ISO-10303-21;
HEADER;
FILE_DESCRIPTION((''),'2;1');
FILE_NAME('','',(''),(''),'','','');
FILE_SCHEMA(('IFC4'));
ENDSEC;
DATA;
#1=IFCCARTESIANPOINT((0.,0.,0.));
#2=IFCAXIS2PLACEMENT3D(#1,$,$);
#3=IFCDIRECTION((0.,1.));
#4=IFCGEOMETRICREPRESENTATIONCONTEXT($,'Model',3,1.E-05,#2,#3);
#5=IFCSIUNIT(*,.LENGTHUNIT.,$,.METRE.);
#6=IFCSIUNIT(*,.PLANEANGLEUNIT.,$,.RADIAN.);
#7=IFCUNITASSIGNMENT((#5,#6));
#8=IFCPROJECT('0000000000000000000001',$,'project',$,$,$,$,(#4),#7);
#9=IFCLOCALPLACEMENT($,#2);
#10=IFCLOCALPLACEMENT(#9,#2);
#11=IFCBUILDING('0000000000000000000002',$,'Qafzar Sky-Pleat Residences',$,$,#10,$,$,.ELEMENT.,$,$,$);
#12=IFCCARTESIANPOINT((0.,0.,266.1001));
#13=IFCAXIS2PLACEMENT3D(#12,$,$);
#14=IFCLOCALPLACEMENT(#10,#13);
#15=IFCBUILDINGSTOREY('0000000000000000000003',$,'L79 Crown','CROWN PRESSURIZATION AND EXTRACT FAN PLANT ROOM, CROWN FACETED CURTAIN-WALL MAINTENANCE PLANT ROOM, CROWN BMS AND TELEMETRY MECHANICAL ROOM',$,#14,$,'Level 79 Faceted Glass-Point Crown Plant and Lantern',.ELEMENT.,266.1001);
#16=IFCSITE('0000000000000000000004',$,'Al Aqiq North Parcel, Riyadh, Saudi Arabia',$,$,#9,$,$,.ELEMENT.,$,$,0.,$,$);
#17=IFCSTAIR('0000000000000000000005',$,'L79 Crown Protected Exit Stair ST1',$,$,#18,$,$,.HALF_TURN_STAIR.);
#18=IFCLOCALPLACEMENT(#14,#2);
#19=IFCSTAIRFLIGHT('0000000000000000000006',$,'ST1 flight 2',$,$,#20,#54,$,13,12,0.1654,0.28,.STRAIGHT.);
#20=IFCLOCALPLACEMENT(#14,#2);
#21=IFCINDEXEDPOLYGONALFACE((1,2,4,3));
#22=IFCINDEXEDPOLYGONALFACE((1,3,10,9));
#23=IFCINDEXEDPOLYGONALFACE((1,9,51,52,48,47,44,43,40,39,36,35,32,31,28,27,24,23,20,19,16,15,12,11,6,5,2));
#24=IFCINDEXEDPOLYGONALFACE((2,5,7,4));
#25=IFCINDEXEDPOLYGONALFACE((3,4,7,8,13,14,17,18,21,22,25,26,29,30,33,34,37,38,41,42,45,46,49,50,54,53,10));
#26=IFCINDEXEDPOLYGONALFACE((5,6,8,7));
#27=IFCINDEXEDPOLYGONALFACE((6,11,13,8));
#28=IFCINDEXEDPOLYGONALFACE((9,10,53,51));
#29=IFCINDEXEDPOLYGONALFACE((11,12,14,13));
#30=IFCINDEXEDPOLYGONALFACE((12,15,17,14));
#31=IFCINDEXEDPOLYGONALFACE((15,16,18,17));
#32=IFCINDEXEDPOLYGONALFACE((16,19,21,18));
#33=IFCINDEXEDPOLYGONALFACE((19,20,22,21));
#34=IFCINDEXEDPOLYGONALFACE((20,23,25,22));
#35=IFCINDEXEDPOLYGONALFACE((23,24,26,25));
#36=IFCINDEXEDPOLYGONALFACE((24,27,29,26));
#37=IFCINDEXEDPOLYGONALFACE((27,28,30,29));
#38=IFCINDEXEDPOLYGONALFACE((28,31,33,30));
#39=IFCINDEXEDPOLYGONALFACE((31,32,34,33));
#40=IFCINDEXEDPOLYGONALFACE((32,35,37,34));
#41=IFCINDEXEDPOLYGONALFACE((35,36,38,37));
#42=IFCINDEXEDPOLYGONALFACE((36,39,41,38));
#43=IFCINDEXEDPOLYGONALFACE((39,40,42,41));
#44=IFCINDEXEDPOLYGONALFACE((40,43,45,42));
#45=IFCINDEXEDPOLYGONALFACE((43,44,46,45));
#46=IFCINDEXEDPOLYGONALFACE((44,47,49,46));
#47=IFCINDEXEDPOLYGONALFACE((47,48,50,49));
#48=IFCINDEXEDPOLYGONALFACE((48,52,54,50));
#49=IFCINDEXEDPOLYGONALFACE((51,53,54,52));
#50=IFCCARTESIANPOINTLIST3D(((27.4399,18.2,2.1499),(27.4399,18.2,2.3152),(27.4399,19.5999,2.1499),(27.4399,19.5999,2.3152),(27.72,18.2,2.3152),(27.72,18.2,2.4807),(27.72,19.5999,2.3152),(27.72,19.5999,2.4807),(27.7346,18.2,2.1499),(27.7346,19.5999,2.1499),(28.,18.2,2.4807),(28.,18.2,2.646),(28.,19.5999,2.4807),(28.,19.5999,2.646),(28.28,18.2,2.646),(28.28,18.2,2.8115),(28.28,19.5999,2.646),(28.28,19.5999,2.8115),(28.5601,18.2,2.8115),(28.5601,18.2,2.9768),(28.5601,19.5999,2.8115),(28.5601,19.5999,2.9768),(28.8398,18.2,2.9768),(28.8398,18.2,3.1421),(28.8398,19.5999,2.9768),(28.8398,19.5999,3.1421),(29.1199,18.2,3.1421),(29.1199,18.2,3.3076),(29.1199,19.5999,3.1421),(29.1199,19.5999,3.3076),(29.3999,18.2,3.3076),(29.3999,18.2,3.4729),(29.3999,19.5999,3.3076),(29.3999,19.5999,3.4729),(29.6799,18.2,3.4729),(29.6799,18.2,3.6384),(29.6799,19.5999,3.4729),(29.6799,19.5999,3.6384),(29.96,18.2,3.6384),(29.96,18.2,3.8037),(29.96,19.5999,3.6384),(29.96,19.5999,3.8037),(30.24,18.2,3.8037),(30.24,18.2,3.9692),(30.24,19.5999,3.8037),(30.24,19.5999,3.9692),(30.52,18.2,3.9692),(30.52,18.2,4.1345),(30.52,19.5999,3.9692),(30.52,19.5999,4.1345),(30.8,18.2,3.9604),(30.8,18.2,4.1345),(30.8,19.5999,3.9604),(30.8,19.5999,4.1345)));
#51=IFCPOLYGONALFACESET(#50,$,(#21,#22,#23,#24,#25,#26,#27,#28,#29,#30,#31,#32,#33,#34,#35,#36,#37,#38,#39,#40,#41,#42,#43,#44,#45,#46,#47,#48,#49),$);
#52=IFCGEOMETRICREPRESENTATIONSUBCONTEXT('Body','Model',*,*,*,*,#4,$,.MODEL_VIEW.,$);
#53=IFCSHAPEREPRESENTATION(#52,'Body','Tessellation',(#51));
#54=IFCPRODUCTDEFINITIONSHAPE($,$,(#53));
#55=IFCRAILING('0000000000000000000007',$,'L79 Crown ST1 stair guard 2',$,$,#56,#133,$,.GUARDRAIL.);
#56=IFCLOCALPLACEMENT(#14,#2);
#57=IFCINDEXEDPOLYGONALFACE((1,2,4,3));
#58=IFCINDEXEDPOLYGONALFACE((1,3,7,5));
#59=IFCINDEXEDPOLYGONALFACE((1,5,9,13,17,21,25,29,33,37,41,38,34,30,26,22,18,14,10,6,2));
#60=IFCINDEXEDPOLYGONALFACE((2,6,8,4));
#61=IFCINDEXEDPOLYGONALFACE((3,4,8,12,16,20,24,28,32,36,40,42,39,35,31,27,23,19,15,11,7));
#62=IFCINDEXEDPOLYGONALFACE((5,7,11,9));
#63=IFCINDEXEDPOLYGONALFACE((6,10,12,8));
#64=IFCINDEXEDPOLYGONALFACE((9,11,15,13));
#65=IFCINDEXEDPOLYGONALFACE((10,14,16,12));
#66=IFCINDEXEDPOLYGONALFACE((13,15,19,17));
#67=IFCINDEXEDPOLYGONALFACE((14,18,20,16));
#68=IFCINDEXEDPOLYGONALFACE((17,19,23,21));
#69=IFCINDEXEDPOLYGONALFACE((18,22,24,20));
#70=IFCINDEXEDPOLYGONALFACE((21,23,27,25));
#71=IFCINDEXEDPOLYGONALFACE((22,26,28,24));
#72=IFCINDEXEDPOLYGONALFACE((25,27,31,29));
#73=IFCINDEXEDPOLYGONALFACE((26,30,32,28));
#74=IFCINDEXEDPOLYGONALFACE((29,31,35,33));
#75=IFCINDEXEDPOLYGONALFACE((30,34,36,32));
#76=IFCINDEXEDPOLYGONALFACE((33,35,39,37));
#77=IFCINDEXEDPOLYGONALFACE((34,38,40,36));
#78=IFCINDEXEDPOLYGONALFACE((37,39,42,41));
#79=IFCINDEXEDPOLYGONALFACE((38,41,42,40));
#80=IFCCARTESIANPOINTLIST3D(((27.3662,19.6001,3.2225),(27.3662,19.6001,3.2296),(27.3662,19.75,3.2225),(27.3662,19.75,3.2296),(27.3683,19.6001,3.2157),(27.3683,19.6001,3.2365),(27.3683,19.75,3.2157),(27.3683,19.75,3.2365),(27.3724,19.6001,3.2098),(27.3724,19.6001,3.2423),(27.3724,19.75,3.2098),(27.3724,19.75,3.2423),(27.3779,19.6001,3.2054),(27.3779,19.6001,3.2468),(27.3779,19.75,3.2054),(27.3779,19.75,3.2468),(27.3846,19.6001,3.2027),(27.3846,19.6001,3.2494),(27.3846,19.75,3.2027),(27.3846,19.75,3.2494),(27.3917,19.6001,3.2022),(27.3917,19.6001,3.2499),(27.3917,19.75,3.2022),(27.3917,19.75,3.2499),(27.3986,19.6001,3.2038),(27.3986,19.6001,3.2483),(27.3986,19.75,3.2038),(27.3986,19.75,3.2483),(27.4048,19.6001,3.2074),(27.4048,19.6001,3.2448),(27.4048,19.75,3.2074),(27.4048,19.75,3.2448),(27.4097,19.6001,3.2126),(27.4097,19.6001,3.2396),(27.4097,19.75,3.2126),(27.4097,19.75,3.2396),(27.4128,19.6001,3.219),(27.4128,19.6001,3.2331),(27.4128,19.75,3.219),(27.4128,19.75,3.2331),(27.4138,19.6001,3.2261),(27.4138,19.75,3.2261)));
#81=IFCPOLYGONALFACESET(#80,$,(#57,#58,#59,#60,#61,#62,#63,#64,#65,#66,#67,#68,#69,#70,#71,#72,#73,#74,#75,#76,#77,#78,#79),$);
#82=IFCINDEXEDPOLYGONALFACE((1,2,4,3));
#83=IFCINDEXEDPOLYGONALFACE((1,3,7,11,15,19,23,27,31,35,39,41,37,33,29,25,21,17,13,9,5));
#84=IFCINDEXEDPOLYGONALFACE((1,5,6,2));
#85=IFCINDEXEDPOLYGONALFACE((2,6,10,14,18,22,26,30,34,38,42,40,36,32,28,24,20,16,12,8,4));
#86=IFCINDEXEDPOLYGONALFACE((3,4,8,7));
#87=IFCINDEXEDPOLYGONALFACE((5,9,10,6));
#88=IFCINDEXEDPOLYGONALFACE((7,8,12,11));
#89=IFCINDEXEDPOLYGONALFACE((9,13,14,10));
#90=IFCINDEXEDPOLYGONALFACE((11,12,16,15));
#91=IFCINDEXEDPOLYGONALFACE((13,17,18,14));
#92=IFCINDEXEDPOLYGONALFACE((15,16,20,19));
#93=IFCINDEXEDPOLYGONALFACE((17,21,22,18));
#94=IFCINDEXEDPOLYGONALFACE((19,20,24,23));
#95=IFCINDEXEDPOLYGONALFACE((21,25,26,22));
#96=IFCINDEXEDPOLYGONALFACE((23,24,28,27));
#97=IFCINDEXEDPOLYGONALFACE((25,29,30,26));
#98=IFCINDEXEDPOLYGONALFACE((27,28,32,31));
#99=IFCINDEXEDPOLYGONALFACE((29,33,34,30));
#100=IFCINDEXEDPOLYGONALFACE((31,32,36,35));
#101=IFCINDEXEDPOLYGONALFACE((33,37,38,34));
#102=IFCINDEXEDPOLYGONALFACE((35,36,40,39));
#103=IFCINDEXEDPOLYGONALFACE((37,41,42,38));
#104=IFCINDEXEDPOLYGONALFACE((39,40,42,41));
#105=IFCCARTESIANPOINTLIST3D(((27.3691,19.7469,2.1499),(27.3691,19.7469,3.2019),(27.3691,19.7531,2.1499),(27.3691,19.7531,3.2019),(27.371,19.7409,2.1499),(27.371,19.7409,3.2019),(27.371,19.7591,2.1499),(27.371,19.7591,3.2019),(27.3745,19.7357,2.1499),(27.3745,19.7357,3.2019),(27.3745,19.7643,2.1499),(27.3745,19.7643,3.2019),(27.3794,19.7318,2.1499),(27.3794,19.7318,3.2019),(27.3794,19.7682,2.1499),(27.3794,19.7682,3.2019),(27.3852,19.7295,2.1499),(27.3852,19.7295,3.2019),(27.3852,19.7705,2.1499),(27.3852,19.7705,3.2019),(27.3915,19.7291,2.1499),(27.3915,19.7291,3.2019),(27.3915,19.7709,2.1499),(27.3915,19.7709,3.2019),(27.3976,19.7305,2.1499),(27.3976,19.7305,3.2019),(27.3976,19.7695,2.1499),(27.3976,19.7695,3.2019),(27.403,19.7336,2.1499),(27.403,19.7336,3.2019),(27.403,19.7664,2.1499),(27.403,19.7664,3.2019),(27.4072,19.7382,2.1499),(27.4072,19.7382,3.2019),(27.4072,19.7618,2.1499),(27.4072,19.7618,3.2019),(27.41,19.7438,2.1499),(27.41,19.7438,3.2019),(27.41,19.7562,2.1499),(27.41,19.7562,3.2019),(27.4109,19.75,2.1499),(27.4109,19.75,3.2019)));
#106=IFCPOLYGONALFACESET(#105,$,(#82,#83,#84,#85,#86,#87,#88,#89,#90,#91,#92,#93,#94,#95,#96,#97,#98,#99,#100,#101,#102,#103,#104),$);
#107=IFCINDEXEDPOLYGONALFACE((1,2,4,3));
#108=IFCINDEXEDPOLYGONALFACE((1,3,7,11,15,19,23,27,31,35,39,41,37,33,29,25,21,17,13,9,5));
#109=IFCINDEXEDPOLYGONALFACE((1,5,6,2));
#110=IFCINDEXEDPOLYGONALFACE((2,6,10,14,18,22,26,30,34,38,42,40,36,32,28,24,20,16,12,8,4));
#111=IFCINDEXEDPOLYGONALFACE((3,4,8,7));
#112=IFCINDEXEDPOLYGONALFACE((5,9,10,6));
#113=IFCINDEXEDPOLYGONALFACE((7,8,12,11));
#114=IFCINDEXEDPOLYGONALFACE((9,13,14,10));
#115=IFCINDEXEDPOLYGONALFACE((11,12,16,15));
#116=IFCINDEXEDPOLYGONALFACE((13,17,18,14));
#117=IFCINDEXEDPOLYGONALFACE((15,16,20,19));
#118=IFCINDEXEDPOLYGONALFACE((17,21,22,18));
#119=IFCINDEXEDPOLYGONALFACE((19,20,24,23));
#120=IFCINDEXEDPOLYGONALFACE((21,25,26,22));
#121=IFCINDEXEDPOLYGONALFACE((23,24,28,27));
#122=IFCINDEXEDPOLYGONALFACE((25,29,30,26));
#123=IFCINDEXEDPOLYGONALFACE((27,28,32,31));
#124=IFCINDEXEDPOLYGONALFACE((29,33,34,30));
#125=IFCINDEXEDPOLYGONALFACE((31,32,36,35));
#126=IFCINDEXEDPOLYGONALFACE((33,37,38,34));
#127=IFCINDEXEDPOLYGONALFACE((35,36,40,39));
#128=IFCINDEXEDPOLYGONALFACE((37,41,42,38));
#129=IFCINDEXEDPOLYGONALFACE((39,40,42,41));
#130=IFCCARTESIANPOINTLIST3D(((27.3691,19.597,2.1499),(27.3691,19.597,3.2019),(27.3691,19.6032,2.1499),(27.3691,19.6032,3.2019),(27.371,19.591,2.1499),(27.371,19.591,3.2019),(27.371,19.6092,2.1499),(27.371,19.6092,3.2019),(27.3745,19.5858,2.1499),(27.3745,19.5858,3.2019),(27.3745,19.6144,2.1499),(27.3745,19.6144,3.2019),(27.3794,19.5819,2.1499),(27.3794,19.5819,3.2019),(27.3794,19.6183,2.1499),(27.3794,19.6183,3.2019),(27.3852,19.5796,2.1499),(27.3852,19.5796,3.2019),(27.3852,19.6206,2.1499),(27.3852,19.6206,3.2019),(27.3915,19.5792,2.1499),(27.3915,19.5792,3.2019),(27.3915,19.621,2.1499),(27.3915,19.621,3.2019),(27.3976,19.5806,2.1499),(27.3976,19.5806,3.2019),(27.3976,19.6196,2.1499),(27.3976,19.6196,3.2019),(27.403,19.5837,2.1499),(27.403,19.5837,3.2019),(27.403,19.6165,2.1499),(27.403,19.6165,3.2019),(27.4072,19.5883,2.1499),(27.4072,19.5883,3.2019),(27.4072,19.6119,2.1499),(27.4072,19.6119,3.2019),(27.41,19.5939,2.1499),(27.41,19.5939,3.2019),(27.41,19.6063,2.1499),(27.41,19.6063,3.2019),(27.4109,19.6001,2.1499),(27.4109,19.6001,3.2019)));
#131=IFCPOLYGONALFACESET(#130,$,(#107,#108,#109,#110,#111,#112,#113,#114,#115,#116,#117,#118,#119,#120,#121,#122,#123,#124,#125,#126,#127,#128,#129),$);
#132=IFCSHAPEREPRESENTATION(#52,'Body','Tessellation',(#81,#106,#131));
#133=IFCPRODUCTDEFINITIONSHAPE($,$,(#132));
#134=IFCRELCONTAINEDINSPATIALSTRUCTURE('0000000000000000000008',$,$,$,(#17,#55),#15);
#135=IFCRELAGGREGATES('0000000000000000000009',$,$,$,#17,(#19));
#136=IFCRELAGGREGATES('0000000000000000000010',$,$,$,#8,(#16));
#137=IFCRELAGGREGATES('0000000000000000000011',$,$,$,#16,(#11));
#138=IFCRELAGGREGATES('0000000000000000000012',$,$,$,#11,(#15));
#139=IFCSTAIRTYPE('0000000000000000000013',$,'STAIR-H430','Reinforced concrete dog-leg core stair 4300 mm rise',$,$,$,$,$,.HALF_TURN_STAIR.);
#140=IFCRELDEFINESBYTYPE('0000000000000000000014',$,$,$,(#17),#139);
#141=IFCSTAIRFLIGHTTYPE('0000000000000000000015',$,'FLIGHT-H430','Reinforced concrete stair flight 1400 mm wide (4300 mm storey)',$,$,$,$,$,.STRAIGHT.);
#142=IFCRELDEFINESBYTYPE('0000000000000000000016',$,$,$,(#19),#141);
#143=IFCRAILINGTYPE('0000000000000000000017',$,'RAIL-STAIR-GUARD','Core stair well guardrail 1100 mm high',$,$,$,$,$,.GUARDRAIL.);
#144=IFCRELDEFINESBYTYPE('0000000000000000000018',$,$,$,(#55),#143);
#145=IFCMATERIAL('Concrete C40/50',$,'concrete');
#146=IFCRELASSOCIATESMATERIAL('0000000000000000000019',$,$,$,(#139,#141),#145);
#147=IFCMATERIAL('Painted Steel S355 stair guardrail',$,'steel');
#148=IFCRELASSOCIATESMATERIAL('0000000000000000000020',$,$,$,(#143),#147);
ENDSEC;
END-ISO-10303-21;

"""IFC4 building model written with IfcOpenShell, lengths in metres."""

from ifc_helpers import new_model, si_unit, direction, frame, origin, origin_2d, place, context, subcontext, project, spatial, polyline, circle, outline, extrude, source, transform, mapped, material, type_object, element, aggregate, save


model = new_model("IFC4")

# Units and contexts
model_context = context("Model", 3, precision=1e-05, world=origin(), true_north=direction((0.0, 1.0)))
body_context = subcontext(model_context, "Body", "Model", "MODEL_VIEW")
ifc_project = project(units=[si_unit("LENGTHUNIT", "METRE"), si_unit("PLANEANGLEUNIT", "RADIAN")], contexts=[model_context])

# Site, building, storey
site_placement = place(None, origin())
site = spatial("IfcSite", under=ifc_project, at=site_placement, Name="Al Aqiq North Parcel, Riyadh, Saudi Arabia", CompositionType="ELEMENT", RefElevation=0.0)
building_placement = place(site_placement, origin())
building = spatial("IfcBuilding", under=site, at=building_placement, Name="Qafzar Sky-Pleat Residences", CompositionType="ELEMENT")
storey_placement = place(building_placement, frame((0.0, 0.0, 266.1001)))
storey = spatial("IfcBuildingStorey", under=building, at=storey_placement, Name="L79 Crown", Description="CROWN PRESSURIZATION AND EXTRACT FAN PLANT ROOM, CROWN FACETED CURTAIN-WALL MAINTENANCE PLANT ROOM, CROWN BMS AND TELEMETRY MECHANICAL ROOM", LongName="Level 79 Faceted Glass-Point Crown Plant and Lantern", CompositionType="ELEMENT", Elevation=266.1001)

# Stair, stair flight
ifc_material_1 = material(Name="Concrete C40/50", Category="concrete")
stair_type = type_object("IfcStairType", Name="STAIR-H430", Description="Reinforced concrete dog-leg core stair 4300 mm rise", PredefinedType="HALF_TURN_STAIR", material=ifc_material_1)
stair_placement = place(storey_placement, origin())
stair = element("IfcStair", 1, at=stair_placement, inside=storey, type_object=stair_type, Name="L79 Crown Protected Exit Stair ST1", PredefinedType="HALF_TURN_STAIR")
stair_flight_type = type_object("IfcStairFlightType", Name="FLIGHT-H430", Description="Reinforced concrete stair flight 1400 mm wide (4300 mm storey)", PredefinedType="STRAIGHT", material=ifc_material_1)
shared_shape_1 = source(origin(), body_context, "Body", "SweptSolid", [
    extrude(outline(polyline([(0.0, 0.0), (0.0, 0.1653), (0.28, 0.1653), (0.28, 0.3308), (0.5601, 0.3308), (0.5601, 0.4961), (0.8401, 0.4961), (0.8401, 0.6616), (1.1201, 0.6616), (1.1201, 0.8269), (1.3999, 0.8269), (1.3999, 0.9922), (1.6799, 0.9922), (1.6799, 1.1577), (1.96, 1.1577), (1.96, 1.323), (2.24, 1.323), (2.24, 1.4885), (2.52, 1.4885), (2.52, 1.6538), (2.8, 1.6538), (2.8, 1.8193), (3.0801, 1.8193), (3.0801, 1.9846), (3.3601, 1.9846), (3.3601, 2.1499), (3.3601, 1.8105), (0.2947, 0.0), (0.0, 0.0)])), frame((0.0, 0.7, 0.0), z_axis=(0.0, -1.0, 0.0), x_axis=(1.0, 0.0, 0.0)), (0.0, 0.0, 1.0), 1.3999),
])
stair_flight_placement = place(storey_placement, frame((27.4399, 18.8999, 2.1499), z_axis=(0.0, 0.0, 1.0), x_axis=(1.0, 0.0, 0.0)))
stair_flight = element("IfcStairFlight", 2, at=stair_flight_placement, type_object=stair_flight_type, Name="ST1 flight 2", NumberOfRisers=13, NumberOfTreads=12, PredefinedType="STRAIGHT", RiserHeight=0.1654, TreadLength=0.28, context=body_context, shape_type="MappedRepresentation", body=[
    mapped(shared_shape_1, transform((0.0, 0.0, 0.0), x_axis=(1.0, 0.0, 0.0), y_axis=(0.0, 1.0, 0.0), z_axis=(0.0, 0.0, 1.0), scale=1.0)),
])
aggregate(stair, [stair_flight])

# Railing
ifc_material_2 = material(Name="Painted Steel S355 stair guardrail", Category="steel")
railing_type_1 = type_object("IfcRailingType", Name="RAIL-STAIR-GUARD", Description="Core stair well guardrail 1100 mm high", PredefinedType="GUARDRAIL", material=ifc_material_2)
shared_shape_2 = source(origin(), body_context, "Body", "SweptSolid", [
    extrude(circle(Radius=0.0239, at=origin_2d()), frame((0.0, 0.0, 1.0762), z_axis=(0.0, -1.0, 0.0), x_axis=(1.0, 0.0, 0.0)), (0.0, 0.0, 1.0), 0.1499),
    extrude(circle(Radius=0.021, at=origin_2d()), origin(), (0.0, 0.0, 1.0), 1.052),
    extrude(circle(Radius=0.021, at=origin_2d()), frame((0.0, -0.1499, 0.0)), (0.0, 0.0, 1.0), 1.052),
])
railing_1_placement = place(storey_placement, frame((27.3899, 19.75, 2.1499)))
element("IfcRailing", 3, at=railing_1_placement, inside=storey, type_object=railing_type_1, Name="L79 Crown ST1 stair guard 2", PredefinedType="GUARDRAIL", context=body_context, shape_type="MappedRepresentation", body=[
    mapped(shared_shape_2, transform((0.0, 0.0, 0.0), x_axis=(1.0, 0.0, 0.0), y_axis=(0.0, 1.0, 0.0), z_axis=(0.0, 0.0, 1.0), scale=1.0)),
])

save(model, "model.ifc")
